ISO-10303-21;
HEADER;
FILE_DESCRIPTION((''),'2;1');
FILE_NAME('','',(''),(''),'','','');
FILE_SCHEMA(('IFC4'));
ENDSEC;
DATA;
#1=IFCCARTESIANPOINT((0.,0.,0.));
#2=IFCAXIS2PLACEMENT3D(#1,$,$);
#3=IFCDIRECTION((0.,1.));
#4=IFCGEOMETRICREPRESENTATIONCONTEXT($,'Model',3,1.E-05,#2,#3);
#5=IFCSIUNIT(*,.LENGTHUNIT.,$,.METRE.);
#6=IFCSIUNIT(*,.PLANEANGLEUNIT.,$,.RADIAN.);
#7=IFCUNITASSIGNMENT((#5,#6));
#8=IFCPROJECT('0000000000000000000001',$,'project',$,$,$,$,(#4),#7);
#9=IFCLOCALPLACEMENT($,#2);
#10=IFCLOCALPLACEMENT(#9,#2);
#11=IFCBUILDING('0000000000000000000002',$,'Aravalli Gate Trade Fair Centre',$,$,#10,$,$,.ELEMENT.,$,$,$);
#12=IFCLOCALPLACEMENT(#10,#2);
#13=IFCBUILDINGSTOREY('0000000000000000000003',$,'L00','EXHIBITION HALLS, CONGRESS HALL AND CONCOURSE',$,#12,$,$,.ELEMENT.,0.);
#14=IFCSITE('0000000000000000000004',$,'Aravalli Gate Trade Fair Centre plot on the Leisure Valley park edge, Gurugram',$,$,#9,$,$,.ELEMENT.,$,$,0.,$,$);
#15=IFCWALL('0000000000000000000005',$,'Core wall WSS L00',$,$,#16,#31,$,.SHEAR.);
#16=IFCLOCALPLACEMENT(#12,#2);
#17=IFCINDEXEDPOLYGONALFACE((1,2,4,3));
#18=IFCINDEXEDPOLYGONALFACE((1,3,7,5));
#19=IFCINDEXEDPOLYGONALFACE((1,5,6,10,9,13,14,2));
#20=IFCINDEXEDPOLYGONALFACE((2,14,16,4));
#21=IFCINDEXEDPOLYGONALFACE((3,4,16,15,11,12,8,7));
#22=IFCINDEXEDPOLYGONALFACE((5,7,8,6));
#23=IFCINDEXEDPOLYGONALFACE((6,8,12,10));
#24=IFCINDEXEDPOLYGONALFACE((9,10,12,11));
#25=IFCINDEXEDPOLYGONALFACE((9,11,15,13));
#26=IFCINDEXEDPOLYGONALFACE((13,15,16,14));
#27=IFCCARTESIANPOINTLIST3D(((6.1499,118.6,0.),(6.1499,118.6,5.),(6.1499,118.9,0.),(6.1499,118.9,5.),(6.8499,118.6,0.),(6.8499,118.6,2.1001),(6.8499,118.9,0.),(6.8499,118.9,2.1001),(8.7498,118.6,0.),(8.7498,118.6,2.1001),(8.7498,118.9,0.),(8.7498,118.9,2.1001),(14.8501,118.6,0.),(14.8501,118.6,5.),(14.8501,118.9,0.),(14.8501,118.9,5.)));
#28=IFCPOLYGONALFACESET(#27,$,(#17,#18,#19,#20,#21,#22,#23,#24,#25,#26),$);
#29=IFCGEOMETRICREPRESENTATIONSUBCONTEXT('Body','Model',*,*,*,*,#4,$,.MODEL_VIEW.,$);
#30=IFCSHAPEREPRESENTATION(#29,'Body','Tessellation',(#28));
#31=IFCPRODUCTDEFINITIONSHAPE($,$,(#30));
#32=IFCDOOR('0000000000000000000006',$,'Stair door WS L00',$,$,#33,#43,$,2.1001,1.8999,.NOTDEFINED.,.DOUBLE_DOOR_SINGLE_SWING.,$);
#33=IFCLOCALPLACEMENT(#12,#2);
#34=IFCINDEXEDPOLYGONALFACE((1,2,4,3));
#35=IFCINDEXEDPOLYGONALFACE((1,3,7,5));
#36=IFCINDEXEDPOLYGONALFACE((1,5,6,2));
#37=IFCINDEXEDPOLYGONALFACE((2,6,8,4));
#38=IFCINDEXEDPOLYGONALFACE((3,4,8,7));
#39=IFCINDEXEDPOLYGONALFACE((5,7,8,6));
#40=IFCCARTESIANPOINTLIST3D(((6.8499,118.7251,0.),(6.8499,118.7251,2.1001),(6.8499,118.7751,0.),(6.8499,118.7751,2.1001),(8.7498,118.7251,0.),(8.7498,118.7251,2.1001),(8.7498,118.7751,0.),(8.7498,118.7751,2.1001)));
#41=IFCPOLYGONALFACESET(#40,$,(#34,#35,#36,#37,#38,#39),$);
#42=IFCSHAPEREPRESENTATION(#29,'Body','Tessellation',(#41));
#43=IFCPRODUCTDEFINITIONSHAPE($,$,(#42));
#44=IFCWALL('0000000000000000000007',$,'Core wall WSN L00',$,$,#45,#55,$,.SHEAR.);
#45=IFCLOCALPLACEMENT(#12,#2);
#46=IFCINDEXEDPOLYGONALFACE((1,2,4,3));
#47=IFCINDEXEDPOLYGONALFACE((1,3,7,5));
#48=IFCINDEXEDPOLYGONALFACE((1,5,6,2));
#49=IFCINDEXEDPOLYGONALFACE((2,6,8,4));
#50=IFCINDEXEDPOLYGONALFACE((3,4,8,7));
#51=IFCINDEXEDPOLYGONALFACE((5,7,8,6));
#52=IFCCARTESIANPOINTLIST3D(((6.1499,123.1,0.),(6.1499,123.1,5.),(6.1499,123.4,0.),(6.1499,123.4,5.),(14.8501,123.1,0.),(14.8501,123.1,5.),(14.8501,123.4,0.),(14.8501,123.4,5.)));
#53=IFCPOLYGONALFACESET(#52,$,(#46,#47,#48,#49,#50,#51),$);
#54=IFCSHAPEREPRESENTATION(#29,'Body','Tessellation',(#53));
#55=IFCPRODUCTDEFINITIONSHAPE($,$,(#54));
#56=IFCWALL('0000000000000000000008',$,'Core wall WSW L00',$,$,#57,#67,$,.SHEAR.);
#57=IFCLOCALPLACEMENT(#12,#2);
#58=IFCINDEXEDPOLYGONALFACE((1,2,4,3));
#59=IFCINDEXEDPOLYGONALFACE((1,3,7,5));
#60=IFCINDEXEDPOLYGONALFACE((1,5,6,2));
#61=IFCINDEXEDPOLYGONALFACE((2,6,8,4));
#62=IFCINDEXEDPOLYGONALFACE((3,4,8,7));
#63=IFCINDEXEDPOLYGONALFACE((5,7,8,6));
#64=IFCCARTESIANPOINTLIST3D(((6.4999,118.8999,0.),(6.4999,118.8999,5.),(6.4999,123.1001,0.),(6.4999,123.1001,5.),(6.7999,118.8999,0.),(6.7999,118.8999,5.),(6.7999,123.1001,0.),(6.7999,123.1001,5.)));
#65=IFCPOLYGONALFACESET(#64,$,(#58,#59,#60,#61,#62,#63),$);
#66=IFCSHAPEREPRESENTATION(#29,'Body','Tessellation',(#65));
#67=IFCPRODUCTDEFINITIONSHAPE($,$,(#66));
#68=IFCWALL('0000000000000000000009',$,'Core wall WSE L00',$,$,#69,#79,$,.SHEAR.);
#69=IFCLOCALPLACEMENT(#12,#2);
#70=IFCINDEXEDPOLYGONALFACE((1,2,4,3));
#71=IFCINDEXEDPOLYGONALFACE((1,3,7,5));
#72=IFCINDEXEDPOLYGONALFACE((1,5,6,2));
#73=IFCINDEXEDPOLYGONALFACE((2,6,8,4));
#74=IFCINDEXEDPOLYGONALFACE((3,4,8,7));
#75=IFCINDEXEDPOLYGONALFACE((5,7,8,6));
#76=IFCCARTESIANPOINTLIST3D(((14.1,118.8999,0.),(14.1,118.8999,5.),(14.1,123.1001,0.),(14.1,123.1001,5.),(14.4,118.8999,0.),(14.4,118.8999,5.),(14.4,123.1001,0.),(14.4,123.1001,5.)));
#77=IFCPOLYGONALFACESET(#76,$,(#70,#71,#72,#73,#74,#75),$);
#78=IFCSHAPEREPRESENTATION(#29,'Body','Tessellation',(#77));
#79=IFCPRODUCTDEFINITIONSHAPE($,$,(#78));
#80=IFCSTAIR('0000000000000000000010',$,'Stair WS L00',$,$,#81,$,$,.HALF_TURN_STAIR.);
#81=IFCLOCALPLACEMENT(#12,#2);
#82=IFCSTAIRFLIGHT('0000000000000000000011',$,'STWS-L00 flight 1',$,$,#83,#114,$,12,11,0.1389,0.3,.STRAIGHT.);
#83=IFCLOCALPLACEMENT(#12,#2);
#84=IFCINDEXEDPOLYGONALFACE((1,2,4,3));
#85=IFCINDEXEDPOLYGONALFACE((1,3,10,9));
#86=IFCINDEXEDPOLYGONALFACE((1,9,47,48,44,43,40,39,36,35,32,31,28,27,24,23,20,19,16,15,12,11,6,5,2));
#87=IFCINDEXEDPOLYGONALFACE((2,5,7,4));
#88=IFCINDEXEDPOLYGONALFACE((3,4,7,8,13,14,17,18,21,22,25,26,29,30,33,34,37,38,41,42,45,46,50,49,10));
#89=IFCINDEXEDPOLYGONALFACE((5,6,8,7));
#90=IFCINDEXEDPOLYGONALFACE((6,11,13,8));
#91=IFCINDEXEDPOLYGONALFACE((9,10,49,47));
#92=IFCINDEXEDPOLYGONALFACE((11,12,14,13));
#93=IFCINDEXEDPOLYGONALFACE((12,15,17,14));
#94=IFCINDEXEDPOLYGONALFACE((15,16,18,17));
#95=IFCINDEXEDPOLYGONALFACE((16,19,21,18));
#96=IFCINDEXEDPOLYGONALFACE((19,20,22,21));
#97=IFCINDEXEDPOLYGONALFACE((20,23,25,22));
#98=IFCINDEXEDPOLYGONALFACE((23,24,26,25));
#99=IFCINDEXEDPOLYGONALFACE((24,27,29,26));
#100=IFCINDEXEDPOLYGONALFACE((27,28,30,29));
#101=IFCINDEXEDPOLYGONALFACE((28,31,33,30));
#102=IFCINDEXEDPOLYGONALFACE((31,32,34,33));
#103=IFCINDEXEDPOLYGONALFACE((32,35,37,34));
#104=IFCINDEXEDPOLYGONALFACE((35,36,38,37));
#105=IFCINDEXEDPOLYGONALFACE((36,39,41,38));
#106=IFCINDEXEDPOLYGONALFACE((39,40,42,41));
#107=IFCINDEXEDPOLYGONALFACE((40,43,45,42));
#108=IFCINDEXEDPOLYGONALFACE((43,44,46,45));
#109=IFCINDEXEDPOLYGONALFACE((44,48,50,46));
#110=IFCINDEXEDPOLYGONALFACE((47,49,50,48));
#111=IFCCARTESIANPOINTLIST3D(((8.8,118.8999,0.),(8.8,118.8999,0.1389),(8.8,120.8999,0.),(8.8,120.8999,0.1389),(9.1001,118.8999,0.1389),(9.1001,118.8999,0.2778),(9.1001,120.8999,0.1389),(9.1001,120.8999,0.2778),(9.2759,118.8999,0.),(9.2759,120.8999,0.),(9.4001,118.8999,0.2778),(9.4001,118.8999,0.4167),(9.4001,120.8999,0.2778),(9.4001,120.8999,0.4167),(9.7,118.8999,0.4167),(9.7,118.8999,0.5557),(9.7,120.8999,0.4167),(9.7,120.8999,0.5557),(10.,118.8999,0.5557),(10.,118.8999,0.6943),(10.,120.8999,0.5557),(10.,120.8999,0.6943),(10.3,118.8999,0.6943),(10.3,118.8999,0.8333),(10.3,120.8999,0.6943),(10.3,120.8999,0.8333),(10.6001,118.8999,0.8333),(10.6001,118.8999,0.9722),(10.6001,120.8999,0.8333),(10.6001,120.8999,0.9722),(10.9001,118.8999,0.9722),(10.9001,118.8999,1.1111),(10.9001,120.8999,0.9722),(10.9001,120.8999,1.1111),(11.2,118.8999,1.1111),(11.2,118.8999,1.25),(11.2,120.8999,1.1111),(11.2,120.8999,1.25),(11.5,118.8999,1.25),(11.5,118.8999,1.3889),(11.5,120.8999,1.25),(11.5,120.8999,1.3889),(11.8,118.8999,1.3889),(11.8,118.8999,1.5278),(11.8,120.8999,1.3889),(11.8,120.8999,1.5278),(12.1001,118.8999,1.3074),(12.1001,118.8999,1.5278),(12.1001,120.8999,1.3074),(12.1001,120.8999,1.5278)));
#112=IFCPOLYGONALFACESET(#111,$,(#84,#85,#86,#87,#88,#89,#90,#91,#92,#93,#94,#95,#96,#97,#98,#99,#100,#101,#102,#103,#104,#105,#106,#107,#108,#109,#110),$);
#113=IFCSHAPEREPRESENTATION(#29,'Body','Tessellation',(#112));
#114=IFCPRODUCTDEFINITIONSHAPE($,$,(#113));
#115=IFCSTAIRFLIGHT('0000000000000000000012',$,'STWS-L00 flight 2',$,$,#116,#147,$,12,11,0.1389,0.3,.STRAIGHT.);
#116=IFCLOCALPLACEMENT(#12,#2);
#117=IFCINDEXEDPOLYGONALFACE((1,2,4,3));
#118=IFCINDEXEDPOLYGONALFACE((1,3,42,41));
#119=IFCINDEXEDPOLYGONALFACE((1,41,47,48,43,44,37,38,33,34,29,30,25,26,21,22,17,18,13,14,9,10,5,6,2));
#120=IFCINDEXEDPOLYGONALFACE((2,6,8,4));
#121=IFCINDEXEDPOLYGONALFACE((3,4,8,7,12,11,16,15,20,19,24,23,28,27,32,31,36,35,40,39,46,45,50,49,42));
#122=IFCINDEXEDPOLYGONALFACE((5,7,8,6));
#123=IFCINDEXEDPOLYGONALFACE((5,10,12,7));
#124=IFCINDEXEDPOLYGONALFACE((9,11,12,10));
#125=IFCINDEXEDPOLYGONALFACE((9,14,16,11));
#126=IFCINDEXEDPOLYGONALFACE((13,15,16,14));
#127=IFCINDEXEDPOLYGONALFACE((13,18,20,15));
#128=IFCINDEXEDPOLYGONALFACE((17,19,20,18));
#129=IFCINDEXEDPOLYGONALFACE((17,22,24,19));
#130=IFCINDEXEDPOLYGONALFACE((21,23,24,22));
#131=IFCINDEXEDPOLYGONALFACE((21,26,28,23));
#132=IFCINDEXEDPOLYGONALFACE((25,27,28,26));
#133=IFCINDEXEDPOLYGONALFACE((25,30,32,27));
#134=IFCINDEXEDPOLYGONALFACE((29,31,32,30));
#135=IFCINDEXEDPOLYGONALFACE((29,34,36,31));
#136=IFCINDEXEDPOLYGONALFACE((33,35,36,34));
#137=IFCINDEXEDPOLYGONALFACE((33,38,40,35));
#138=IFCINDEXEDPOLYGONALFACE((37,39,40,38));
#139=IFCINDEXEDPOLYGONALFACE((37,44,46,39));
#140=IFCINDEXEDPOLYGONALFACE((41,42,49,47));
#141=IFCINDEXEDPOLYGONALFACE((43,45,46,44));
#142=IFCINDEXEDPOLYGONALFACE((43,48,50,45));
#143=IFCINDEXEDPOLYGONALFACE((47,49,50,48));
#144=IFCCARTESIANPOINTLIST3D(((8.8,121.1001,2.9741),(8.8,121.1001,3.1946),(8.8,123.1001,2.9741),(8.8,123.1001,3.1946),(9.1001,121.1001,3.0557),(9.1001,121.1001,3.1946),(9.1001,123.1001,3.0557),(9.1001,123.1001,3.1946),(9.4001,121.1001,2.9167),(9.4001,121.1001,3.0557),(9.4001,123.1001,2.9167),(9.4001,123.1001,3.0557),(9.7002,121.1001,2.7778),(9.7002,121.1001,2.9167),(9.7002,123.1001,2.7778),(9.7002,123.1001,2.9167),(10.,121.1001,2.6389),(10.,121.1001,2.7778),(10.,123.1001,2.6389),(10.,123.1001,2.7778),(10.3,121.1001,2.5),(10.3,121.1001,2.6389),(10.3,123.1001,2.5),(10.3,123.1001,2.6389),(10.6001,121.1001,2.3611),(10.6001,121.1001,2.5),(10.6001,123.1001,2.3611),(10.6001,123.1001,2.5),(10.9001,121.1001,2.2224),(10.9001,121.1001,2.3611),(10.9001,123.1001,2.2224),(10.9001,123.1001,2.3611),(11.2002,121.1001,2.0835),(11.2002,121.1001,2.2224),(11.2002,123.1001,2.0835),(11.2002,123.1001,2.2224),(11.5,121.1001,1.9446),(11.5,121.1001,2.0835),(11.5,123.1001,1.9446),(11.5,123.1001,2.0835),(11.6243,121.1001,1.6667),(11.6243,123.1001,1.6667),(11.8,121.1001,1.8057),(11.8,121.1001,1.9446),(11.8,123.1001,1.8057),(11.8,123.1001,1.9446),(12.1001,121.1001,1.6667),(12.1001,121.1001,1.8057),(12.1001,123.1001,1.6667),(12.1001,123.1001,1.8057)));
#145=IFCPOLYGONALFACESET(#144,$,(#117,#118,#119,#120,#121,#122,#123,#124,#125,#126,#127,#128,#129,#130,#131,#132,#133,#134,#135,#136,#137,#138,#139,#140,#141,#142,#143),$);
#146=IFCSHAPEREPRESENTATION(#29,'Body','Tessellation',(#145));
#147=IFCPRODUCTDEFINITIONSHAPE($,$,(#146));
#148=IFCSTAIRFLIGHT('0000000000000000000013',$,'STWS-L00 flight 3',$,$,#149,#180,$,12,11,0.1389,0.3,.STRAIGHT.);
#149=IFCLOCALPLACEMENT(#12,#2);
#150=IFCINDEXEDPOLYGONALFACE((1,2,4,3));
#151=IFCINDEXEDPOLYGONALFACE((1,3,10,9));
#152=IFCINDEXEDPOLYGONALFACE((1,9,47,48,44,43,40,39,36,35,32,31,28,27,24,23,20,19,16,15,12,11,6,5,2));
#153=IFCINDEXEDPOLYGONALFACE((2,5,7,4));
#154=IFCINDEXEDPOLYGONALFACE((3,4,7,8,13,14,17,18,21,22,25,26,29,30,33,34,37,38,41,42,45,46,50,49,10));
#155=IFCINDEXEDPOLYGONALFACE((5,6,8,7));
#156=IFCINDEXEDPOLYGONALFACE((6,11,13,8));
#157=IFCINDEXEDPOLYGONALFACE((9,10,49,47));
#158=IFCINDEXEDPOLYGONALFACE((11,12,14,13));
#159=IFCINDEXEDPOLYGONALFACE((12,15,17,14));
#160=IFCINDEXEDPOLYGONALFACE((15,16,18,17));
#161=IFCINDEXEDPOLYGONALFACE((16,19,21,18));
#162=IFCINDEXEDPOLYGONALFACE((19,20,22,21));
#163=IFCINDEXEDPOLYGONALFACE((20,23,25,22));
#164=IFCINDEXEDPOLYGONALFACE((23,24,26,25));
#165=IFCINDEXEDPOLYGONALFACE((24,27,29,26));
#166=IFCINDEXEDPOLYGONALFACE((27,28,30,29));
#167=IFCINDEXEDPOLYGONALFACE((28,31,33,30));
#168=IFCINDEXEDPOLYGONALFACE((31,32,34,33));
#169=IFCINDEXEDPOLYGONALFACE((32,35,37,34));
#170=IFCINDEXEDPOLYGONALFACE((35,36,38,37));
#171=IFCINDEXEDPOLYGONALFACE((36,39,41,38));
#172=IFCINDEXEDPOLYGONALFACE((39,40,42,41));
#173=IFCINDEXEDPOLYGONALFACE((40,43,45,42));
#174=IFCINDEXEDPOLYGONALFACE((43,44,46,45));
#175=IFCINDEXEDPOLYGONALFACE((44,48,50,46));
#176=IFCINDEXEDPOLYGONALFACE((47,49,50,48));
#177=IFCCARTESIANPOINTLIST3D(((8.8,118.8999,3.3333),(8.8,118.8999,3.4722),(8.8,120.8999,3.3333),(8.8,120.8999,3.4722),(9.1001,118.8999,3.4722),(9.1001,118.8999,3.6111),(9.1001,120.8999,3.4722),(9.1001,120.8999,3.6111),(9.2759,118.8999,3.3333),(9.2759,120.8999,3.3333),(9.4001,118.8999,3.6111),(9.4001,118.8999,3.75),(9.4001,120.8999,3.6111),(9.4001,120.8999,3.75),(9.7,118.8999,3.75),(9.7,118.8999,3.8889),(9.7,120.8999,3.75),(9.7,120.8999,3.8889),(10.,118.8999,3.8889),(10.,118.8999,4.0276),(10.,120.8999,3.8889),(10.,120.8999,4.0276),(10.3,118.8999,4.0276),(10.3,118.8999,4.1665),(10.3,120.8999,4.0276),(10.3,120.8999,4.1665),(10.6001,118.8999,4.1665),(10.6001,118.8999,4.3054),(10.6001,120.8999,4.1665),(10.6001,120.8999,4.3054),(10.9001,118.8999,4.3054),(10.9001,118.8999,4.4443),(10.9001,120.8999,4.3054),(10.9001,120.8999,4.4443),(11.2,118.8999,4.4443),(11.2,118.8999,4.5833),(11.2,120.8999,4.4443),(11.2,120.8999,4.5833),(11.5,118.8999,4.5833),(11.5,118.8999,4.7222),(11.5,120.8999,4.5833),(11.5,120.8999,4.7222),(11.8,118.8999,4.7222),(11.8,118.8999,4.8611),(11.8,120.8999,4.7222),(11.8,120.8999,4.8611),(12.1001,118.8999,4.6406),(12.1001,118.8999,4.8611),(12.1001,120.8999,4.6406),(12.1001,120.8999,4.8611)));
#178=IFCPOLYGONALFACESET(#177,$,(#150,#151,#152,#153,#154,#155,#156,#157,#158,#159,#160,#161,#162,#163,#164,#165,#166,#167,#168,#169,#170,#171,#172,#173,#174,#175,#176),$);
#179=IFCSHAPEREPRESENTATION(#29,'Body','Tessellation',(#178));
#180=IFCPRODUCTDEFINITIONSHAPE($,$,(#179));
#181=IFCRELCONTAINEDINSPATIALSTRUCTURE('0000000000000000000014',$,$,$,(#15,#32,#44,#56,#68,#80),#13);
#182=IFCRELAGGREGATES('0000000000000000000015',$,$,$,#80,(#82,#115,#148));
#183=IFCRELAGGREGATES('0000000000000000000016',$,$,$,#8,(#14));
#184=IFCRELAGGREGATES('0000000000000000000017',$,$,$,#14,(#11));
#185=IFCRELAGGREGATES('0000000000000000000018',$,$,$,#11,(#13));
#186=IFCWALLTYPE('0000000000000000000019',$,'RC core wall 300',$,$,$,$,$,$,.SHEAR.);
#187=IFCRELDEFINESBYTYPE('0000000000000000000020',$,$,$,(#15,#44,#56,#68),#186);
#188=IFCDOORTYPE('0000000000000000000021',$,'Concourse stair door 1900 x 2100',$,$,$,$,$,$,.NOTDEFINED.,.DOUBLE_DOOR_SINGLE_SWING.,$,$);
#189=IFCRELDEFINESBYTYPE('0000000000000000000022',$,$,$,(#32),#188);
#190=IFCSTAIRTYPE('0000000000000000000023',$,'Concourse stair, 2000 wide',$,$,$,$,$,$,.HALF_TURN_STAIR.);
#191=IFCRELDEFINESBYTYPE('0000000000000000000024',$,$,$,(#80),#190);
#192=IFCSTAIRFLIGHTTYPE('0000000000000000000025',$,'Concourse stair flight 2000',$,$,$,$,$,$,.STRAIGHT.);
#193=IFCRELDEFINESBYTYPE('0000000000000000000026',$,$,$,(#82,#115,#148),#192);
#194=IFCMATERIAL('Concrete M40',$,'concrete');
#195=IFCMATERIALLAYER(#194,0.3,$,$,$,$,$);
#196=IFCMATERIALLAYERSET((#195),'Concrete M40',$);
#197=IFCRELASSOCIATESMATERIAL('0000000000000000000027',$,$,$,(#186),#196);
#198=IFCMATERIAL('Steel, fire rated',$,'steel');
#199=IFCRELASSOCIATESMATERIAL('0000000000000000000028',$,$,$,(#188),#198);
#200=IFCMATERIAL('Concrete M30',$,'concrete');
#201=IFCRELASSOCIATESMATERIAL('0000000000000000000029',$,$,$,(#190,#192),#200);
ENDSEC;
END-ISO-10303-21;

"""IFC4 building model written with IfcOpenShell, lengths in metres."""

from ifc_helpers import new_model, si_unit, direction, frame, frame_2d, origin, place, context, subcontext, project, spatial, polyline, rectangle, outline, extrude, material, layer, layer_set, type_object, element, fill, aggregate, save


model = new_model("IFC4")

# Units and contexts
model_context = context("Model", 3, precision=1e-05, world=origin(), true_north=direction((0.0, 1.0)))
body_context = subcontext(model_context, "Body", "Model", "MODEL_VIEW")
ifc_project = project(units=[si_unit("LENGTHUNIT", "METRE"), si_unit("PLANEANGLEUNIT", "RADIAN")], contexts=[model_context])

# Site, building, storey
site_placement = place(None, origin())
site = spatial("IfcSite", under=ifc_project, at=site_placement, Name="Aravalli Gate Trade Fair Centre plot on the Leisure Valley park edge, Gurugram", CompositionType="ELEMENT", RefElevation=0.0)
building_placement = place(site_placement, origin())
building = spatial("IfcBuilding", under=site, at=building_placement, Name="Aravalli Gate Trade Fair Centre", CompositionType="ELEMENT")
storey_placement = place(building_placement, origin())
storey = spatial("IfcBuildingStorey", under=building, at=storey_placement, Name="L00", Description="EXHIBITION HALLS, CONGRESS HALL AND CONCOURSE", CompositionType="ELEMENT", Elevation=0.0)

# Shared definitions
ifc_material_1 = material(Name="Concrete M40", Category="concrete")
ifc_material_2 = material(Name="Steel, fire rated", Category="steel")

# Wall, opening, door
ifc_layer_1 = layer(ifc_material_1, 0.3)
ifc_layer_set_1 = layer_set([ifc_layer_1], Name="Concrete M40")
wall_type_1 = type_object("IfcWallType", Name="RC core wall 300", PredefinedType="SHEAR", material=ifc_layer_set_1)
wall_1_placement = place(storey_placement, frame((6.1499, 118.75, 0.0), z_axis=(0.0, 0.0, 1.0), x_axis=(1.0, 0.0, 0.0)))
wall_1 = element("IfcWall", 1, at=wall_1_placement, inside=storey, type_object=wall_type_1, Name="Core wall WSS L00", PredefinedType="SHEAR", context=body_context, shape_type="SweptSolid", body=[
    extrude(rectangle(XDim=8.7002, YDim=0.3, at=frame_2d((4.3501, 0.0))), origin(), (0.0, 0.0, 1.0), 5.0),
])
opening_1_placement = place(wall_1_placement, frame((0.7, 0.0, 0.0)))
opening_1 = element("IfcOpeningElement", 2, at=opening_1_placement, cuts=wall_1, PredefinedType="OPENING", context=body_context, shape_type="SweptSolid", body=[
    extrude(rectangle(XDim=1.8999, YDim=2.1001, at=frame_2d((0.95, 1.05))), frame((0.0, 0.1599, 0.0), z_axis=(0.0, -1.0, 0.0), x_axis=(1.0, 0.0, 0.0)), (0.0, 0.0, 1.0), 0.3201),
])
door_type_1 = type_object("IfcDoorType", Name="Concourse stair door 1900 x 2100", OperationType="DOUBLE_DOOR_SINGLE_SWING", PredefinedType="NOTDEFINED", material=ifc_material_2)
door_1_placement = place(opening_1_placement, frame((1.8999, 0.0, 0.0), z_axis=(0.0, 0.0, 1.0), x_axis=(-1.0, 0.0, 0.0)))
door_1 = element("IfcDoor", 3, at=door_1_placement, inside=storey, type_object=door_type_1, Name="Stair door WS L00", OperationType="DOUBLE_DOOR_SINGLE_SWING", OverallHeight=2.1001, OverallWidth=1.8999, PredefinedType="NOTDEFINED", context=body_context, shape_type="SweptSolid", body=[
    extrude(rectangle(XDim=1.8999, YDim=2.1001, at=frame_2d((0.95, 1.05))), frame((0.0, 0.0249, 0.0), z_axis=(0.0, -1.0, 0.0), x_axis=(1.0, 0.0, 0.0)), (0.0, 0.0, 1.0), 0.05),
])
fill(opening_1, door_1)

# Walls
wall_2_placement = place(storey_placement, frame((6.1499, 123.25, 0.0), z_axis=(0.0, 0.0, 1.0), x_axis=(1.0, 0.0, 0.0)))
element("IfcWall", 4, at=wall_2_placement, inside=storey, type_object=wall_type_1, Name="Core wall WSN L00", PredefinedType="SHEAR", context=body_context, shape_type="SweptSolid", body=[
    extrude(rectangle(XDim=8.7002, YDim=0.3, at=frame_2d((4.3501, 0.0))), origin(), (0.0, 0.0, 1.0), 5.0),
])
for number, where, z_axis, x_axis, name in (
    (5, (6.6499, 118.8999, 0.0), (0.0, 0.0, 1.0), (0.0, 1.0, 0.0), "Core wall WSW L00"),
    (6, (14.25, 118.8999, 0.0), (0.0, 0.0, 1.0), (0.0, 1.0, 0.0), "Core wall WSE L00"),
):
    element("IfcWall", number, at=place(storey_placement, frame(where, z_axis=z_axis, x_axis=x_axis)), inside=storey, type_object=wall_type_1, Name=name, PredefinedType="SHEAR", context=body_context, shape_type="SweptSolid", body=[
        extrude(rectangle(XDim=4.2002, YDim=0.3, at=frame_2d((2.1001, 0.0))), origin(), (0.0, 0.0, 1.0), 5.0),
    ])

# Stair, stair flights
ifc_material_3 = material(Name="Concrete M30", Category="concrete")
stair_type = type_object("IfcStairType", Name="Concourse stair, 2000 wide", PredefinedType="HALF_TURN_STAIR", material=ifc_material_3)
stair_placement = place(storey_placement, origin())
stair = element("IfcStair", 7, at=stair_placement, inside=storey, type_object=stair_type, Name="Stair WS L00", PredefinedType="HALF_TURN_STAIR")
stair_flight_type = type_object("IfcStairFlightType", Name="Concourse stair flight 2000", PredefinedType="STRAIGHT", material=ifc_material_3)
stair_flight_1_placement = place(storey_placement, frame((8.8, 119.8999, 0.0), z_axis=(0.0, 0.0, 1.0), x_axis=(1.0, 0.0, 0.0)))
stair_flight_1 = element("IfcStairFlight", 8, at=stair_flight_1_placement, type_object=stair_flight_type, Name="STWS-L00 flight 1", NumberOfRisers=12, NumberOfTreads=11, PredefinedType="STRAIGHT", RiserHeight=0.1389, TreadLength=0.3, context=body_context, shape_type="SweptSolid", body=[
    extrude(outline(polyline([(0.0, 0.0), (0.0, 0.1389), (0.3, 0.1389), (0.3, 0.2778), (0.6001, 0.2778), (0.6001, 0.4167), (0.8999, 0.4167), (0.8999, 0.5557), (1.2, 0.5557), (1.2, 0.6943), (1.5, 0.6943), (1.5, 0.8333), (1.8, 0.8333), (1.8, 0.9722), (2.1001, 0.9722), (2.1001, 1.1111), (2.3999, 1.1111), (2.3999, 1.25), (2.7, 1.25), (2.7, 1.3889), (3.0, 1.3889), (3.0, 1.5278), (3.3, 1.5278), (3.3, 1.6667), (3.3, 1.3074), (0.4758, 0.0), (0.0, 0.0)])), frame((0.0, 1.0, 0.0), z_axis=(0.0, -1.0, 0.0), x_axis=(1.0, 0.0, 0.0)), (0.0, 0.0, 1.0), 2.0),
])
stair_flight_2_placement = place(storey_placement, frame((12.1001, 122.1001, 1.6667), z_axis=(0.0, 0.0, 1.0), x_axis=(-1.0, 0.0, 0.0)))
stair_flight_2 = element("IfcStairFlight", 9, at=stair_flight_2_placement, type_object=stair_flight_type, Name="STWS-L00 flight 2", NumberOfRisers=12, NumberOfTreads=11, PredefinedType="STRAIGHT", RiserHeight=0.1389, TreadLength=0.3, context=body_context, shape_type="SweptSolid", body=[
    extrude(outline(polyline([(0.0, 0.0), (0.0, 0.1389), (0.3, 0.1389), (0.3, 0.2778), (0.6001, 0.2778), (0.6001, 0.4167), (0.8999, 0.4167), (0.8999, 0.5557), (1.2, 0.5557), (1.2, 0.6943), (1.5, 0.6943), (1.5, 0.8333), (1.8, 0.8333), (1.8, 0.9722), (2.1001, 0.9722), (2.1001, 1.1111), (2.3999, 1.1111), (2.3999, 1.25), (2.7, 1.25), (2.7, 1.3889), (3.0, 1.3889), (3.0, 1.5278), (3.3, 1.5278), (3.3, 1.6667), (3.3, 1.3074), (0.4758, 0.0), (0.0, 0.0)])), frame((0.0, 1.0, 0.0), z_axis=(0.0, -1.0, 0.0), x_axis=(1.0, 0.0, 0.0)), (0.0, 0.0, 1.0), 2.0),
])
stair_flight_3_placement = place(storey_placement, frame((8.8, 119.8999, 3.3333), z_axis=(0.0, 0.0, 1.0), x_axis=(1.0, 0.0, 0.0)))
stair_flight_3 = element("IfcStairFlight", 10, at=stair_flight_3_placement, type_object=stair_flight_type, Name="STWS-L00 flight 3", NumberOfRisers=12, NumberOfTreads=11, PredefinedType="STRAIGHT", RiserHeight=0.1389, TreadLength=0.3, context=body_context, shape_type="SweptSolid", body=[
    extrude(outline(polyline([(0.0, 0.0), (0.0, 0.1389), (0.3, 0.1389), (0.3, 0.2778), (0.6001, 0.2778), (0.6001, 0.4167), (0.8999, 0.4167), (0.8999, 0.5557), (1.2, 0.5557), (1.2, 0.6943), (1.5, 0.6943), (1.5, 0.8333), (1.8, 0.8333), (1.8, 0.9722), (2.1001, 0.9722), (2.1001, 1.1111), (2.3999, 1.1111), (2.3999, 1.25), (2.7, 1.25), (2.7, 1.3889), (3.0, 1.3889), (3.0, 1.5278), (3.3, 1.5278), (3.3, 1.6667), (3.3, 1.3074), (0.4758, 0.0), (0.0, 0.0)])), frame((0.0, 1.0, 0.0), z_axis=(0.0, -1.0, 0.0), x_axis=(1.0, 0.0, 0.0)), (0.0, 0.0, 1.0), 2.0),
])
aggregate(stair, [stair_flight_1, stair_flight_2, stair_flight_3])

save(model, "model.ifc")
